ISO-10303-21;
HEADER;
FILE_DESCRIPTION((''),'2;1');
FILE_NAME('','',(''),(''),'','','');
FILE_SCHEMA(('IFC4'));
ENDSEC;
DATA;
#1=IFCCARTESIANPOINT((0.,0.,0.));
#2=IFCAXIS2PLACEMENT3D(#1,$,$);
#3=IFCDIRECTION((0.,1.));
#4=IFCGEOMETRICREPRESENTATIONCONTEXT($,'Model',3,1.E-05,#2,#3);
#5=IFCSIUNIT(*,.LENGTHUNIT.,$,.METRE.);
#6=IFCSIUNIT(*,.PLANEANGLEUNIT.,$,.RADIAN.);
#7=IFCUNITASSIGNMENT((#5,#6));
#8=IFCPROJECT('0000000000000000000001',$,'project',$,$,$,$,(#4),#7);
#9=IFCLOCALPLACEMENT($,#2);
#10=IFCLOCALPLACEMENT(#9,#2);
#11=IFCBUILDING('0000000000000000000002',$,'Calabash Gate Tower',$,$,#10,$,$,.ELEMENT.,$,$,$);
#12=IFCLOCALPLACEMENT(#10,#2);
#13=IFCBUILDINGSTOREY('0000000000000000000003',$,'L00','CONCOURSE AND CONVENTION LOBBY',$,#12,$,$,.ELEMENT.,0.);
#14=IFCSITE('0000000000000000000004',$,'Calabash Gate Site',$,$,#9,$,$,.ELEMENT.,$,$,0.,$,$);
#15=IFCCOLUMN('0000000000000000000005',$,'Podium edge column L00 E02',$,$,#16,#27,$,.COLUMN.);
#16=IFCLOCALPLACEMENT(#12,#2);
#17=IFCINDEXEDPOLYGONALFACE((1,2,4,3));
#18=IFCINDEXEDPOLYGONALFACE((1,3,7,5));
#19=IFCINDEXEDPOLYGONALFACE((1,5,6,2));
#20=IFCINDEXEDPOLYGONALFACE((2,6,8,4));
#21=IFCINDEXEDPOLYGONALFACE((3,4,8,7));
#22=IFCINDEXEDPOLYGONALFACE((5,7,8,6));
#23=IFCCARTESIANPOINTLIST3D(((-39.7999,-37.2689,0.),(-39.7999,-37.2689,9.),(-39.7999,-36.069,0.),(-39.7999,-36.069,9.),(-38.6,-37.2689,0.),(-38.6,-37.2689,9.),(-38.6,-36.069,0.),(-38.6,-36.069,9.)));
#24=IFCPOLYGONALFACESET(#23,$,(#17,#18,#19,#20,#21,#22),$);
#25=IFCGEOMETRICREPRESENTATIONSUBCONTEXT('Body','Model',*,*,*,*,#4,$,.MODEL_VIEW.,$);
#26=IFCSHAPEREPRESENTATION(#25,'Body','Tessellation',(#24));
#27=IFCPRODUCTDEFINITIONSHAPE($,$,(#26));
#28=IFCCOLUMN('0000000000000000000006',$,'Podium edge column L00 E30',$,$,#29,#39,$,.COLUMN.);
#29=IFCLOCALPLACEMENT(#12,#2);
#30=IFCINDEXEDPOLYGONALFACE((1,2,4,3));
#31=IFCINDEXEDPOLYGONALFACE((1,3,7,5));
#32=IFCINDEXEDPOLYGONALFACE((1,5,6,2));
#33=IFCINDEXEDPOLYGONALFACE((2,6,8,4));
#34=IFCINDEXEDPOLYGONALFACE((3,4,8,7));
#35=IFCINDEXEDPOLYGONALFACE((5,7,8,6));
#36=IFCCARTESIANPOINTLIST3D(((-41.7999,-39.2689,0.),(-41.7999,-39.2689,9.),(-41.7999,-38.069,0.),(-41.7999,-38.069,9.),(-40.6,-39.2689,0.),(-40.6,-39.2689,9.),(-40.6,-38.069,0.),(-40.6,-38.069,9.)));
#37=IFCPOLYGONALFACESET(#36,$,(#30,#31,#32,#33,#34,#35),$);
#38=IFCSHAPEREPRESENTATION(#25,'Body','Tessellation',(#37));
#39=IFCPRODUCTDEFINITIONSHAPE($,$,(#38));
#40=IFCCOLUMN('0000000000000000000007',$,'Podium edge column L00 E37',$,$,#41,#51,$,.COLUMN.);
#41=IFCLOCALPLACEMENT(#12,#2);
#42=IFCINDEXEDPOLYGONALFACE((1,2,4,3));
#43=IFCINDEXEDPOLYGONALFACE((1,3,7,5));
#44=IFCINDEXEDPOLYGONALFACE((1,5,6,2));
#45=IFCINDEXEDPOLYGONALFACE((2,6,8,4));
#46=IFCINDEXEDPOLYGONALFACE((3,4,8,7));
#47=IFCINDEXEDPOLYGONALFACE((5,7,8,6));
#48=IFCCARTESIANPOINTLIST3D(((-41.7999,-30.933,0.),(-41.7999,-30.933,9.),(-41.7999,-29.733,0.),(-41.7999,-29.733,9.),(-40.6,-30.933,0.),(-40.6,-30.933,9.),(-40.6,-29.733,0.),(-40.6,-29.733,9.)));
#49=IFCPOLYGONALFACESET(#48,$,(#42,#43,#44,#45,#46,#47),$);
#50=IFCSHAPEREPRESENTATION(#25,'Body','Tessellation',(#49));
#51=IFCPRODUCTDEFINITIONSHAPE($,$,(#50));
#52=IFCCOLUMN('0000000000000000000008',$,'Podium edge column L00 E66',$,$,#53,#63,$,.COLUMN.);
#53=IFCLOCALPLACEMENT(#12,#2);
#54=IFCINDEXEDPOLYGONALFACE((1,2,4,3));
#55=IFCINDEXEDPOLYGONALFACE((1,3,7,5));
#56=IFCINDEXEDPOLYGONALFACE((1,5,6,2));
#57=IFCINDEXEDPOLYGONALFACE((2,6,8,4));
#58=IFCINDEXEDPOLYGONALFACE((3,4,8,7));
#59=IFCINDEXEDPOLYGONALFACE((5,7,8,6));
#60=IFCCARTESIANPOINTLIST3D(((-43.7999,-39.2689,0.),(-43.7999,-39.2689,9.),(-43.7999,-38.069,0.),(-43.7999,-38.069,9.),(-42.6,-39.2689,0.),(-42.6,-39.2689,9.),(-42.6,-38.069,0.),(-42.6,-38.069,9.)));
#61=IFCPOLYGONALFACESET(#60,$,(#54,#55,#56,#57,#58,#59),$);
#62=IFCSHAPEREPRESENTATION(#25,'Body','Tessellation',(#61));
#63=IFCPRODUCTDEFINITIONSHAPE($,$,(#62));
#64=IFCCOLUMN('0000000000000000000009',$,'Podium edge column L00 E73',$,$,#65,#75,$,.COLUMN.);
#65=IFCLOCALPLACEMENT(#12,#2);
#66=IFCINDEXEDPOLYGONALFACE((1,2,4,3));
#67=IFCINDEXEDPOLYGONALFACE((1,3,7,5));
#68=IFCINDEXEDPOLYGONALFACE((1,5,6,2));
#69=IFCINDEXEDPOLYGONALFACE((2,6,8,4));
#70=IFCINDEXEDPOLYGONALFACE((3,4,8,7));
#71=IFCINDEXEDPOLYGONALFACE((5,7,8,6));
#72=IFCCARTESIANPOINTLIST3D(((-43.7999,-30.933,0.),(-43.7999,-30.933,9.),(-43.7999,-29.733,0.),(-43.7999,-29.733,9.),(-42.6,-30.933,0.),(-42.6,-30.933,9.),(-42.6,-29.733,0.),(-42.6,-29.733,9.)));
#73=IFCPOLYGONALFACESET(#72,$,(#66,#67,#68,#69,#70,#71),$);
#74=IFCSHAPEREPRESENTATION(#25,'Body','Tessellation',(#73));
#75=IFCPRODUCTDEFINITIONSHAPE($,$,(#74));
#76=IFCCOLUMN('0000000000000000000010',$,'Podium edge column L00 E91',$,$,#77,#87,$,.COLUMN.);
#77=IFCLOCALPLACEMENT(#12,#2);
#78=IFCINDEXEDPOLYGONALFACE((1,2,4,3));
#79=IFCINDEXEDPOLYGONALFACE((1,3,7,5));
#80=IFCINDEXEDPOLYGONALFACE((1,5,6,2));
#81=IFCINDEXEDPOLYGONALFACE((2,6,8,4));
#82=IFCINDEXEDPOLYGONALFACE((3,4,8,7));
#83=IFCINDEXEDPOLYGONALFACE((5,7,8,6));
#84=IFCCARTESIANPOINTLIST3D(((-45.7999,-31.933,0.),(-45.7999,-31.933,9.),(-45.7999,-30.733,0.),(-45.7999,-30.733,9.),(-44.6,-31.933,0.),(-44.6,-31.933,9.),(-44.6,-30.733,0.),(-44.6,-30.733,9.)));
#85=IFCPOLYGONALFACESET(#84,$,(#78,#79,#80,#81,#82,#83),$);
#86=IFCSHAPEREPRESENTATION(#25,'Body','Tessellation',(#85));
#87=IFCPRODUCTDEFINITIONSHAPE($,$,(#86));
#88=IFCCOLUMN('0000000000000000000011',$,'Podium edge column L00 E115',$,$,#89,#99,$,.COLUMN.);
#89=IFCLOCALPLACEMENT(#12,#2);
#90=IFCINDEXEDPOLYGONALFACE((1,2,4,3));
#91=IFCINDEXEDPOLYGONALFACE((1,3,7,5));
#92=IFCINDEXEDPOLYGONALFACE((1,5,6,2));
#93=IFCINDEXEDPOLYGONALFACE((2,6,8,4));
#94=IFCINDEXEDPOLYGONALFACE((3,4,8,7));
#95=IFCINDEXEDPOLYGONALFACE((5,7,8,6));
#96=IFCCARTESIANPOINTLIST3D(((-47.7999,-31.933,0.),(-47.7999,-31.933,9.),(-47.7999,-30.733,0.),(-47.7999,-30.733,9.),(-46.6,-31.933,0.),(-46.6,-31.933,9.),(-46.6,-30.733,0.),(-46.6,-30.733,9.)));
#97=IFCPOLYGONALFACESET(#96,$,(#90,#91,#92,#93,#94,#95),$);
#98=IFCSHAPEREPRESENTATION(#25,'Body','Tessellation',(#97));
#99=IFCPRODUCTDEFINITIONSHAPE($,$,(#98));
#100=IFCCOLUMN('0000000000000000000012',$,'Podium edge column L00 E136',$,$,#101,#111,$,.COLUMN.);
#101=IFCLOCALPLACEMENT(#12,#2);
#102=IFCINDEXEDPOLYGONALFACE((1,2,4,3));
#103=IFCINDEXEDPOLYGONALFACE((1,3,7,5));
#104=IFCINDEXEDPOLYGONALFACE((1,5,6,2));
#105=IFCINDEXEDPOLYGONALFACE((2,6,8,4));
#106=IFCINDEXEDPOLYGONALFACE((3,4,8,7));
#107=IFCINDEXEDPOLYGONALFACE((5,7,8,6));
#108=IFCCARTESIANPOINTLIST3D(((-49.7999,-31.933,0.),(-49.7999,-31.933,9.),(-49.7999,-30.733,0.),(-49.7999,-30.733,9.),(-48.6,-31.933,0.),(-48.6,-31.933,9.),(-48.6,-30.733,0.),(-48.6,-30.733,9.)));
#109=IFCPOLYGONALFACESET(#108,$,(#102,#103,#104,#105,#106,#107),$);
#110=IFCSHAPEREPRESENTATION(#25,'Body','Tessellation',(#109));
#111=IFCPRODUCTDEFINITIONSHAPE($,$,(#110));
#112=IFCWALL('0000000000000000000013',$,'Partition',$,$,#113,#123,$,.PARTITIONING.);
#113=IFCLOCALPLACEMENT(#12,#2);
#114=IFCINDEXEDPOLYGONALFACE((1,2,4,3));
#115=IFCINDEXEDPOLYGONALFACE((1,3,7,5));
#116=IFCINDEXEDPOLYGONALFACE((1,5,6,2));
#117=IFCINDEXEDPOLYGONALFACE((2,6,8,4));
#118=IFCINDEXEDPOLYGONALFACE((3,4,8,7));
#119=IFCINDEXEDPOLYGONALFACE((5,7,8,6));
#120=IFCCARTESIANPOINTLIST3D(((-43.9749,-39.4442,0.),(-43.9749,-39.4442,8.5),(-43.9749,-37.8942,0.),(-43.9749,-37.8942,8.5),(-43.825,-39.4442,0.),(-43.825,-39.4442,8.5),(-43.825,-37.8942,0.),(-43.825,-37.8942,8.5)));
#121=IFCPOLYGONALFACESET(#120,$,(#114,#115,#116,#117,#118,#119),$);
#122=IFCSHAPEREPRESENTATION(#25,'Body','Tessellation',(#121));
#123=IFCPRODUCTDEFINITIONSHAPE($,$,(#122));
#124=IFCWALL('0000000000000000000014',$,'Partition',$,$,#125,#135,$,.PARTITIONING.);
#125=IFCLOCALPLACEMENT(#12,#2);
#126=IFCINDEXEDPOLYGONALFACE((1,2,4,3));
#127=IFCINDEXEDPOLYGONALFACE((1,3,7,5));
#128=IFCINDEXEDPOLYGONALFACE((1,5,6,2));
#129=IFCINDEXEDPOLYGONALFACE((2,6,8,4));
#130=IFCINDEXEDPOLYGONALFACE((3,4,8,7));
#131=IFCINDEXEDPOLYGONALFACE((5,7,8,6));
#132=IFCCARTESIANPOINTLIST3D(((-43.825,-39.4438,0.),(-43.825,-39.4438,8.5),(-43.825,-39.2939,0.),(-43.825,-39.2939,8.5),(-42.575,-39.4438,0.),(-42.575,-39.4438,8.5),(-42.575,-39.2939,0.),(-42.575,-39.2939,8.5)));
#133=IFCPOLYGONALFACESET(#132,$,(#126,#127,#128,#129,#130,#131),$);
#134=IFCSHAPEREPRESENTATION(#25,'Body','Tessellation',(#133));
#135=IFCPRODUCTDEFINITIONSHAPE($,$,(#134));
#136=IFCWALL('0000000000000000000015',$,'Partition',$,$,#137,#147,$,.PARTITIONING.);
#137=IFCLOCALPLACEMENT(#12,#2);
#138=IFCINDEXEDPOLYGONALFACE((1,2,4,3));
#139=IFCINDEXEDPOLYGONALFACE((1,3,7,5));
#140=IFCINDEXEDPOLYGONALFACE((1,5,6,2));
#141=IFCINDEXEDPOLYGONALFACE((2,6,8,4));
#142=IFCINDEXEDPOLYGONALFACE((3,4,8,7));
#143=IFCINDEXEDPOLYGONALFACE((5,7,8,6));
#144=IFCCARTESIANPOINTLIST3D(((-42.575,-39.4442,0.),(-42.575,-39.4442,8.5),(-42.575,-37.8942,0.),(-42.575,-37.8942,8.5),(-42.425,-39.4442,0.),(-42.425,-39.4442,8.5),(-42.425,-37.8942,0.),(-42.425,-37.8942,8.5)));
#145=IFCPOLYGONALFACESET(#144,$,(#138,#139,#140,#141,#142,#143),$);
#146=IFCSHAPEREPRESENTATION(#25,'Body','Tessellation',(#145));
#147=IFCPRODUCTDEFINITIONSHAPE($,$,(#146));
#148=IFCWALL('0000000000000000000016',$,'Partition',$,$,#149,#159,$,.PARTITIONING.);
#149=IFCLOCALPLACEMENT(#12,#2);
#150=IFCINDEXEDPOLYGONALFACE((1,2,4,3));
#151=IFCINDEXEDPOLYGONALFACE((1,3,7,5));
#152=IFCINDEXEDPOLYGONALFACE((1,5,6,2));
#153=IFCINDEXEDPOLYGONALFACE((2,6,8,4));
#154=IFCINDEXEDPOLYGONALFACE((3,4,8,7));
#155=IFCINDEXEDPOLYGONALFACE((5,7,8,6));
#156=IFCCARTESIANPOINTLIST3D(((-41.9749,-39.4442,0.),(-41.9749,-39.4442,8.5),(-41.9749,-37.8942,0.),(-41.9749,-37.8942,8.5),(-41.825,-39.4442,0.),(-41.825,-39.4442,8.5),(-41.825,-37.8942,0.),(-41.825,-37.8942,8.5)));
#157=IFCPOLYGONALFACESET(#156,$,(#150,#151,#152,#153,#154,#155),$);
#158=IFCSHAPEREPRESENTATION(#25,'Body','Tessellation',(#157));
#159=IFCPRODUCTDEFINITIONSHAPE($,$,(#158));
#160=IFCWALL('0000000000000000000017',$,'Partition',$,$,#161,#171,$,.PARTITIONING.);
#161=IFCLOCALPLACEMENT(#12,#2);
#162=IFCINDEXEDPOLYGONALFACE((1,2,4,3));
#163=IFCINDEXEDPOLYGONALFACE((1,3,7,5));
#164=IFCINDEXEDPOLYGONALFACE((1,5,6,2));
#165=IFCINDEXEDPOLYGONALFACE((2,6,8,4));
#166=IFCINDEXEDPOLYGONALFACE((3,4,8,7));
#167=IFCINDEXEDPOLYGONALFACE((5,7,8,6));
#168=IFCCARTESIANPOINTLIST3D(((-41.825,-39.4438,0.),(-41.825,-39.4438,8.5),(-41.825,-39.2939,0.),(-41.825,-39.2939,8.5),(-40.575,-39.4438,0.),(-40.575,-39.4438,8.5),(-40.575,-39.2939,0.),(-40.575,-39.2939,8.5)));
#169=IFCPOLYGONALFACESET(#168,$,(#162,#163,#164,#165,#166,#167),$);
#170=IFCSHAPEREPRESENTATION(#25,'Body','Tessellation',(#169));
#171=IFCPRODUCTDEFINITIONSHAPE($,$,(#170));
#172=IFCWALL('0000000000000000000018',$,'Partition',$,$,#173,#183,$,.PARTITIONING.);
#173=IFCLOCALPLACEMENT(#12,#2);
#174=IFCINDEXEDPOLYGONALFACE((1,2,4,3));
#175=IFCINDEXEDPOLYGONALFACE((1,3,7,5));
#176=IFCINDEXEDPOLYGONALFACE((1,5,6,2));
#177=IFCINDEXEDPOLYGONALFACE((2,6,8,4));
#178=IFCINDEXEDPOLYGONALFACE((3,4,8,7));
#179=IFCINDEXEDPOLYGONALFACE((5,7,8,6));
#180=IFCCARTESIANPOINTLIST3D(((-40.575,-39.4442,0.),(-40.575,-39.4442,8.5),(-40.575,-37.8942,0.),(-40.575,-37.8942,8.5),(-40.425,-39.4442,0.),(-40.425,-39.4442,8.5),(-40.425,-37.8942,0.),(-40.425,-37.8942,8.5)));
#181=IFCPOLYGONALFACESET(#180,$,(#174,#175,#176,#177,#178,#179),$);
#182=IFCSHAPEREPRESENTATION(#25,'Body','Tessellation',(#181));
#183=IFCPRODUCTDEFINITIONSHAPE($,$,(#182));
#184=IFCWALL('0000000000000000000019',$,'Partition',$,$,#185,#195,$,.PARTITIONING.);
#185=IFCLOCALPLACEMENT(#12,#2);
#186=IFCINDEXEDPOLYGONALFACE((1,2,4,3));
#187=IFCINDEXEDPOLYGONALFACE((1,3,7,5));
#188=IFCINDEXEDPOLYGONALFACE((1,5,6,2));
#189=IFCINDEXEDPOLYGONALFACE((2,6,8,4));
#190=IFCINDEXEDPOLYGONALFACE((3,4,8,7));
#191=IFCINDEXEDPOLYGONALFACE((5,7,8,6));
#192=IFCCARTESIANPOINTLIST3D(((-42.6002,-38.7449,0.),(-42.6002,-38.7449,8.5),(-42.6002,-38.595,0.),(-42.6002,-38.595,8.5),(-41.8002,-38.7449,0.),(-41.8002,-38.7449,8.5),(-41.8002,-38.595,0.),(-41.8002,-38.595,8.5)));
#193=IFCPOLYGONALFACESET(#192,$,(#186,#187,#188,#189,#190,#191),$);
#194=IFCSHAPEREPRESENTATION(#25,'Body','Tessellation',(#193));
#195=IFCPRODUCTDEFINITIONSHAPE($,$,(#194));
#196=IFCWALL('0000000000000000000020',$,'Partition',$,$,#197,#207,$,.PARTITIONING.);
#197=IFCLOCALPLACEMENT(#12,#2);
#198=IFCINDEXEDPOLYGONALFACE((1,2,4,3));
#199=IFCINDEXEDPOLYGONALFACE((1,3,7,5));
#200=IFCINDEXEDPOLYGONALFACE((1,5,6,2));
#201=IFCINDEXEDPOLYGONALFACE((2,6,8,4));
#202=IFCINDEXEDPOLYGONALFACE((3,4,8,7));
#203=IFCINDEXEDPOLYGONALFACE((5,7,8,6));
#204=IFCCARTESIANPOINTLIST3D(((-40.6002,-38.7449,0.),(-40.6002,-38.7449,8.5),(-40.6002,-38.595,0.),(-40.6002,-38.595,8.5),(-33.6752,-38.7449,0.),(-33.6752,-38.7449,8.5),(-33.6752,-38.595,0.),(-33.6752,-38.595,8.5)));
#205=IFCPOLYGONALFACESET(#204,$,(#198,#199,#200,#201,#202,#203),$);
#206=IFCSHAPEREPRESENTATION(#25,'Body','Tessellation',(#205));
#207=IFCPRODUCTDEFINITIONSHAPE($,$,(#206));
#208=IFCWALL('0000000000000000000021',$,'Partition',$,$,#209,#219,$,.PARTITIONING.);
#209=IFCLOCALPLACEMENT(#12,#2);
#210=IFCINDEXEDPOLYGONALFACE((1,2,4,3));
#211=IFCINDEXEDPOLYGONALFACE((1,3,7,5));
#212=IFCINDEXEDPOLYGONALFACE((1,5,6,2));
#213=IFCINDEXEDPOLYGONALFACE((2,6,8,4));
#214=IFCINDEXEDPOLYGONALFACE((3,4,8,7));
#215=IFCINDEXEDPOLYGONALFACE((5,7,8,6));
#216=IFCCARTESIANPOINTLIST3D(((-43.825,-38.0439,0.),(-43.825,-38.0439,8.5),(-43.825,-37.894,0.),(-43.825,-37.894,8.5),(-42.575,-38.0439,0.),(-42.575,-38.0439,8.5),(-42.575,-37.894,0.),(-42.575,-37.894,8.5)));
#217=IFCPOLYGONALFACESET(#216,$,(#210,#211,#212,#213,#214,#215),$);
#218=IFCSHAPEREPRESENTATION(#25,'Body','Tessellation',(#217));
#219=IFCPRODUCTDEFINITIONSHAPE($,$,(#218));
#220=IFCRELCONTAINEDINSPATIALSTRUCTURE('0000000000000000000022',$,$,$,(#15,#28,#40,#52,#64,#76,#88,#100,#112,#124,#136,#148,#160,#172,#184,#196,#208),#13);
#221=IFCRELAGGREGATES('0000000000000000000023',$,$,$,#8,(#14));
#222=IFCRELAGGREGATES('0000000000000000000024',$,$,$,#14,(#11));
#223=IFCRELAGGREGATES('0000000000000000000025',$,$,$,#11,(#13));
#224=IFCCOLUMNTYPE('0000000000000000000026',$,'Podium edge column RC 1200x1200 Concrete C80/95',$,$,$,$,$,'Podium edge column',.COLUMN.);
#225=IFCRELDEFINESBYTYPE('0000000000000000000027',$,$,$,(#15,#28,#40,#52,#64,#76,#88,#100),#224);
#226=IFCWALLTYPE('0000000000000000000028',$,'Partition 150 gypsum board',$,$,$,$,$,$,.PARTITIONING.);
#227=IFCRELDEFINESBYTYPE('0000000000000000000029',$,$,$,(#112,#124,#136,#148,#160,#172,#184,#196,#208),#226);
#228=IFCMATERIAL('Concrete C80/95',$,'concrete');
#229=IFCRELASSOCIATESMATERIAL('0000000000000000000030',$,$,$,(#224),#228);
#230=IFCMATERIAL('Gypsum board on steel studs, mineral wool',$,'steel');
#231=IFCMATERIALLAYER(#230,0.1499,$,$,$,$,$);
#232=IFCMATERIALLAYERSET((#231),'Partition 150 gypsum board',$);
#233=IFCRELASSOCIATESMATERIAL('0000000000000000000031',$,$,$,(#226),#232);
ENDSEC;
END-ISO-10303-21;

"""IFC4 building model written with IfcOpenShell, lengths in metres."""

from ifc_helpers import new_model, si_unit, direction, frame, frame_2d, origin, origin_2d, place, context, subcontext, project, spatial, rectangle, extrude, material, layer, layer_set, material_profile, profile_set, type_object, element, save


model = new_model("IFC4")

# Units and contexts
model_context = context("Model", 3, precision=1e-05, world=origin(), true_north=direction((0.0, 1.0)))
body_context = subcontext(model_context, "Body", "Model", "MODEL_VIEW")
ifc_project = project(units=[si_unit("LENGTHUNIT", "METRE"), si_unit("PLANEANGLEUNIT", "RADIAN")], contexts=[model_context])

# Site, building, storey
site_placement = place(None, origin())
site = spatial("IfcSite", under=ifc_project, at=site_placement, Name="Calabash Gate Site", CompositionType="ELEMENT", RefElevation=0.0)
building_placement = place(site_placement, origin())
building = spatial("IfcBuilding", under=site, at=building_placement, Name="Calabash Gate Tower", CompositionType="ELEMENT")
storey_placement = place(building_placement, origin())
storey = spatial("IfcBuildingStorey", under=building, at=storey_placement, Name="L00", Description="CONCOURSE AND CONVENTION LOBBY", CompositionType="ELEMENT", Elevation=0.0)

# Columns
ifc_material_1 = material(Name="Concrete C80/95", Category="concrete")
ifc_material_profile = material_profile(ifc_material_1, rectangle(XDim=1.2, YDim=1.2, at=origin_2d()))
ifc_profile_set = profile_set([ifc_material_profile], Name="Concrete C80/95")
column_type = type_object("IfcColumnType", Name="Podium edge column RC 1200x1200 Concrete C80/95", ElementType="Podium edge column", PredefinedType="COLUMN", material=ifc_profile_set)
for number, where, z_axis, x_axis, name in (
    (1, (-39.2, -36.6689, 0.0), (0.0, 0.0, 1.0), (1.0, 0.0, 0.0), "Podium edge column L00 E02"),
    (2, (-41.2, -38.6689, 0.0), (0.0, 0.0, 1.0), (1.0, 0.0, 0.0), "Podium edge column L00 E30"),
    (3, (-41.2, -30.333, 0.0), (0.0, 0.0, 1.0), (1.0, 0.0, 0.0), "Podium edge column L00 E37"),
    (4, (-43.2, -38.6689, 0.0), (0.0, 0.0, 1.0), (1.0, 0.0, 0.0), "Podium edge column L00 E66"),
    (5, (-43.2, -30.333, 0.0), (0.0, 0.0, 1.0), (1.0, 0.0, 0.0), "Podium edge column L00 E73"),
    (6, (-45.2, -31.333, 0.0), (0.0, 0.0, 1.0), (1.0, 0.0, 0.0), "Podium edge column L00 E91"),
    (7, (-47.2, -31.333, 0.0), (0.0, 0.0, 1.0), (1.0, 0.0, 0.0), "Podium edge column L00 E115"),
    (8, (-49.2, -31.333, 0.0), (0.0, 0.0, 1.0), (1.0, 0.0, 0.0), "Podium edge column L00 E136"),
):
    element("IfcColumn", number, at=place(storey_placement, frame(where, z_axis=z_axis, x_axis=x_axis)), inside=storey, type_object=column_type, Name=name, PredefinedType="COLUMN", context=body_context, shape_type="SweptSolid", body=[
        extrude(rectangle(XDim=1.2, YDim=1.2, at=origin_2d()), origin(), (0.0, 0.0, 1.0), 9.0),
    ])

# Walls
ifc_material_2 = material(Name="Gypsum board on steel studs, mineral wool", Category="steel")
ifc_layer_1 = layer(ifc_material_2, 0.1499)
ifc_layer_set_1 = layer_set([ifc_layer_1], Name="Partition 150 gypsum board")
wall_type_1 = type_object("IfcWallType", Name="Partition 150 gypsum board", PredefinedType="PARTITIONING", material=ifc_layer_set_1)
wall_1_placement = place(storey_placement, frame((-43.8999, -39.4441, 0.0), z_axis=(0.0, 0.0, 1.0), x_axis=(0.0, 1.0, 0.0)))
element("IfcWall", 9, at=wall_1_placement, inside=storey, type_object=wall_type_1, Name="Partition", PredefinedType="PARTITIONING", context=body_context, shape_type="SweptSolid", body=[
    extrude(rectangle(XDim=1.55, YDim=0.1499, at=frame_2d((0.7749, 0.0))), origin(), (0.0, 0.0, 1.0), 8.5),
])
wall_2_placement = place(storey_placement, frame((-43.825, -39.3689, 0.0), z_axis=(0.0, 0.0, 1.0), x_axis=(1.0, 0.0, 0.0)))
element("IfcWall", 10, at=wall_2_placement, inside=storey, type_object=wall_type_1, Name="Partition", PredefinedType="PARTITIONING", context=body_context, shape_type="SweptSolid", body=[
    extrude(rectangle(XDim=1.25, YDim=0.1499, at=frame_2d((0.625, 0.0))), origin(), (0.0, 0.0, 1.0), 8.5),
])
for number, where, z_axis, x_axis, name in (
    (11, (-42.5, -39.4441, 0.0), (0.0, 0.0, 1.0), (0.0, 1.0, 0.0), "Partition"),
    (12, (-41.8999, -39.4441, 0.0), (0.0, 0.0, 1.0), (0.0, 1.0, 0.0), "Partition"),
):
    element("IfcWall", number, at=place(storey_placement, frame(where, z_axis=z_axis, x_axis=x_axis)), inside=storey, type_object=wall_type_1, Name=name, PredefinedType="PARTITIONING", context=body_context, shape_type="SweptSolid", body=[
        extrude(rectangle(XDim=1.55, YDim=0.1499, at=frame_2d((0.7749, 0.0))), origin(), (0.0, 0.0, 1.0), 8.5),
    ])
wall_3_placement = place(storey_placement, frame((-41.825, -39.3689, 0.0), z_axis=(0.0, 0.0, 1.0), x_axis=(1.0, 0.0, 0.0)))
element("IfcWall", 13, at=wall_3_placement, inside=storey, type_object=wall_type_1, Name="Partition", PredefinedType="PARTITIONING", context=body_context, shape_type="SweptSolid", body=[
    extrude(rectangle(XDim=1.25, YDim=0.1499, at=frame_2d((0.625, 0.0))), origin(), (0.0, 0.0, 1.0), 8.5),
])
wall_4_placement = place(storey_placement, frame((-40.5, -39.4441, 0.0), z_axis=(0.0, 0.0, 1.0), x_axis=(0.0, 1.0, 0.0)))
element("IfcWall", 14, at=wall_4_placement, inside=storey, type_object=wall_type_1, Name="Partition", PredefinedType="PARTITIONING", context=body_context, shape_type="SweptSolid", body=[
    extrude(rectangle(XDim=1.55, YDim=0.1499, at=frame_2d((0.7749, 0.0))), origin(), (0.0, 0.0, 1.0), 8.5),
])
wall_5_placement = place(storey_placement, frame((-42.6001, -38.6699, 0.0), z_axis=(0.0, 0.0, 1.0), x_axis=(1.0, 0.0, 0.0)))
element("IfcWall", 15, at=wall_5_placement, inside=storey, type_object=wall_type_1, Name="Partition", PredefinedType="PARTITIONING", context=body_context, shape_type="SweptSolid", body=[
    extrude(rectangle(XDim=0.8, YDim=0.1499, at=frame_2d((0.3999, 0.0))), origin(), (0.0, 0.0, 1.0), 8.5),
])
wall_6_placement = place(storey_placement, frame((-40.6001, -38.6699, 0.0), z_axis=(0.0, 0.0, 1.0), x_axis=(1.0, 0.0, 0.0)))
element("IfcWall", 16, at=wall_6_placement, inside=storey, type_object=wall_type_1, Name="Partition", PredefinedType="PARTITIONING", context=body_context, shape_type="SweptSolid", body=[
    extrude(rectangle(XDim=6.925, YDim=0.1499, at=frame_2d((3.4624, 0.0))), origin(), (0.0, 0.0, 1.0), 8.5),
])
for number, where, z_axis, x_axis, name in (
    (17, (-43.825, -37.969, 0.0), (0.0, 0.0, 1.0), (1.0, 0.0, 0.0), "Partition"),
):
    element("IfcWall", number, at=place(storey_placement, frame(where, z_axis=z_axis, x_axis=x_axis)), inside=storey, type_object=wall_type_1, Name=name, PredefinedType="PARTITIONING", context=body_context, shape_type="SweptSolid", body=[
        extrude(rectangle(XDim=1.25, YDim=0.1499, at=frame_2d((0.625, 0.0))), origin(), (0.0, 0.0, 1.0), 8.5),
    ])

save(model, "model.ifc")
